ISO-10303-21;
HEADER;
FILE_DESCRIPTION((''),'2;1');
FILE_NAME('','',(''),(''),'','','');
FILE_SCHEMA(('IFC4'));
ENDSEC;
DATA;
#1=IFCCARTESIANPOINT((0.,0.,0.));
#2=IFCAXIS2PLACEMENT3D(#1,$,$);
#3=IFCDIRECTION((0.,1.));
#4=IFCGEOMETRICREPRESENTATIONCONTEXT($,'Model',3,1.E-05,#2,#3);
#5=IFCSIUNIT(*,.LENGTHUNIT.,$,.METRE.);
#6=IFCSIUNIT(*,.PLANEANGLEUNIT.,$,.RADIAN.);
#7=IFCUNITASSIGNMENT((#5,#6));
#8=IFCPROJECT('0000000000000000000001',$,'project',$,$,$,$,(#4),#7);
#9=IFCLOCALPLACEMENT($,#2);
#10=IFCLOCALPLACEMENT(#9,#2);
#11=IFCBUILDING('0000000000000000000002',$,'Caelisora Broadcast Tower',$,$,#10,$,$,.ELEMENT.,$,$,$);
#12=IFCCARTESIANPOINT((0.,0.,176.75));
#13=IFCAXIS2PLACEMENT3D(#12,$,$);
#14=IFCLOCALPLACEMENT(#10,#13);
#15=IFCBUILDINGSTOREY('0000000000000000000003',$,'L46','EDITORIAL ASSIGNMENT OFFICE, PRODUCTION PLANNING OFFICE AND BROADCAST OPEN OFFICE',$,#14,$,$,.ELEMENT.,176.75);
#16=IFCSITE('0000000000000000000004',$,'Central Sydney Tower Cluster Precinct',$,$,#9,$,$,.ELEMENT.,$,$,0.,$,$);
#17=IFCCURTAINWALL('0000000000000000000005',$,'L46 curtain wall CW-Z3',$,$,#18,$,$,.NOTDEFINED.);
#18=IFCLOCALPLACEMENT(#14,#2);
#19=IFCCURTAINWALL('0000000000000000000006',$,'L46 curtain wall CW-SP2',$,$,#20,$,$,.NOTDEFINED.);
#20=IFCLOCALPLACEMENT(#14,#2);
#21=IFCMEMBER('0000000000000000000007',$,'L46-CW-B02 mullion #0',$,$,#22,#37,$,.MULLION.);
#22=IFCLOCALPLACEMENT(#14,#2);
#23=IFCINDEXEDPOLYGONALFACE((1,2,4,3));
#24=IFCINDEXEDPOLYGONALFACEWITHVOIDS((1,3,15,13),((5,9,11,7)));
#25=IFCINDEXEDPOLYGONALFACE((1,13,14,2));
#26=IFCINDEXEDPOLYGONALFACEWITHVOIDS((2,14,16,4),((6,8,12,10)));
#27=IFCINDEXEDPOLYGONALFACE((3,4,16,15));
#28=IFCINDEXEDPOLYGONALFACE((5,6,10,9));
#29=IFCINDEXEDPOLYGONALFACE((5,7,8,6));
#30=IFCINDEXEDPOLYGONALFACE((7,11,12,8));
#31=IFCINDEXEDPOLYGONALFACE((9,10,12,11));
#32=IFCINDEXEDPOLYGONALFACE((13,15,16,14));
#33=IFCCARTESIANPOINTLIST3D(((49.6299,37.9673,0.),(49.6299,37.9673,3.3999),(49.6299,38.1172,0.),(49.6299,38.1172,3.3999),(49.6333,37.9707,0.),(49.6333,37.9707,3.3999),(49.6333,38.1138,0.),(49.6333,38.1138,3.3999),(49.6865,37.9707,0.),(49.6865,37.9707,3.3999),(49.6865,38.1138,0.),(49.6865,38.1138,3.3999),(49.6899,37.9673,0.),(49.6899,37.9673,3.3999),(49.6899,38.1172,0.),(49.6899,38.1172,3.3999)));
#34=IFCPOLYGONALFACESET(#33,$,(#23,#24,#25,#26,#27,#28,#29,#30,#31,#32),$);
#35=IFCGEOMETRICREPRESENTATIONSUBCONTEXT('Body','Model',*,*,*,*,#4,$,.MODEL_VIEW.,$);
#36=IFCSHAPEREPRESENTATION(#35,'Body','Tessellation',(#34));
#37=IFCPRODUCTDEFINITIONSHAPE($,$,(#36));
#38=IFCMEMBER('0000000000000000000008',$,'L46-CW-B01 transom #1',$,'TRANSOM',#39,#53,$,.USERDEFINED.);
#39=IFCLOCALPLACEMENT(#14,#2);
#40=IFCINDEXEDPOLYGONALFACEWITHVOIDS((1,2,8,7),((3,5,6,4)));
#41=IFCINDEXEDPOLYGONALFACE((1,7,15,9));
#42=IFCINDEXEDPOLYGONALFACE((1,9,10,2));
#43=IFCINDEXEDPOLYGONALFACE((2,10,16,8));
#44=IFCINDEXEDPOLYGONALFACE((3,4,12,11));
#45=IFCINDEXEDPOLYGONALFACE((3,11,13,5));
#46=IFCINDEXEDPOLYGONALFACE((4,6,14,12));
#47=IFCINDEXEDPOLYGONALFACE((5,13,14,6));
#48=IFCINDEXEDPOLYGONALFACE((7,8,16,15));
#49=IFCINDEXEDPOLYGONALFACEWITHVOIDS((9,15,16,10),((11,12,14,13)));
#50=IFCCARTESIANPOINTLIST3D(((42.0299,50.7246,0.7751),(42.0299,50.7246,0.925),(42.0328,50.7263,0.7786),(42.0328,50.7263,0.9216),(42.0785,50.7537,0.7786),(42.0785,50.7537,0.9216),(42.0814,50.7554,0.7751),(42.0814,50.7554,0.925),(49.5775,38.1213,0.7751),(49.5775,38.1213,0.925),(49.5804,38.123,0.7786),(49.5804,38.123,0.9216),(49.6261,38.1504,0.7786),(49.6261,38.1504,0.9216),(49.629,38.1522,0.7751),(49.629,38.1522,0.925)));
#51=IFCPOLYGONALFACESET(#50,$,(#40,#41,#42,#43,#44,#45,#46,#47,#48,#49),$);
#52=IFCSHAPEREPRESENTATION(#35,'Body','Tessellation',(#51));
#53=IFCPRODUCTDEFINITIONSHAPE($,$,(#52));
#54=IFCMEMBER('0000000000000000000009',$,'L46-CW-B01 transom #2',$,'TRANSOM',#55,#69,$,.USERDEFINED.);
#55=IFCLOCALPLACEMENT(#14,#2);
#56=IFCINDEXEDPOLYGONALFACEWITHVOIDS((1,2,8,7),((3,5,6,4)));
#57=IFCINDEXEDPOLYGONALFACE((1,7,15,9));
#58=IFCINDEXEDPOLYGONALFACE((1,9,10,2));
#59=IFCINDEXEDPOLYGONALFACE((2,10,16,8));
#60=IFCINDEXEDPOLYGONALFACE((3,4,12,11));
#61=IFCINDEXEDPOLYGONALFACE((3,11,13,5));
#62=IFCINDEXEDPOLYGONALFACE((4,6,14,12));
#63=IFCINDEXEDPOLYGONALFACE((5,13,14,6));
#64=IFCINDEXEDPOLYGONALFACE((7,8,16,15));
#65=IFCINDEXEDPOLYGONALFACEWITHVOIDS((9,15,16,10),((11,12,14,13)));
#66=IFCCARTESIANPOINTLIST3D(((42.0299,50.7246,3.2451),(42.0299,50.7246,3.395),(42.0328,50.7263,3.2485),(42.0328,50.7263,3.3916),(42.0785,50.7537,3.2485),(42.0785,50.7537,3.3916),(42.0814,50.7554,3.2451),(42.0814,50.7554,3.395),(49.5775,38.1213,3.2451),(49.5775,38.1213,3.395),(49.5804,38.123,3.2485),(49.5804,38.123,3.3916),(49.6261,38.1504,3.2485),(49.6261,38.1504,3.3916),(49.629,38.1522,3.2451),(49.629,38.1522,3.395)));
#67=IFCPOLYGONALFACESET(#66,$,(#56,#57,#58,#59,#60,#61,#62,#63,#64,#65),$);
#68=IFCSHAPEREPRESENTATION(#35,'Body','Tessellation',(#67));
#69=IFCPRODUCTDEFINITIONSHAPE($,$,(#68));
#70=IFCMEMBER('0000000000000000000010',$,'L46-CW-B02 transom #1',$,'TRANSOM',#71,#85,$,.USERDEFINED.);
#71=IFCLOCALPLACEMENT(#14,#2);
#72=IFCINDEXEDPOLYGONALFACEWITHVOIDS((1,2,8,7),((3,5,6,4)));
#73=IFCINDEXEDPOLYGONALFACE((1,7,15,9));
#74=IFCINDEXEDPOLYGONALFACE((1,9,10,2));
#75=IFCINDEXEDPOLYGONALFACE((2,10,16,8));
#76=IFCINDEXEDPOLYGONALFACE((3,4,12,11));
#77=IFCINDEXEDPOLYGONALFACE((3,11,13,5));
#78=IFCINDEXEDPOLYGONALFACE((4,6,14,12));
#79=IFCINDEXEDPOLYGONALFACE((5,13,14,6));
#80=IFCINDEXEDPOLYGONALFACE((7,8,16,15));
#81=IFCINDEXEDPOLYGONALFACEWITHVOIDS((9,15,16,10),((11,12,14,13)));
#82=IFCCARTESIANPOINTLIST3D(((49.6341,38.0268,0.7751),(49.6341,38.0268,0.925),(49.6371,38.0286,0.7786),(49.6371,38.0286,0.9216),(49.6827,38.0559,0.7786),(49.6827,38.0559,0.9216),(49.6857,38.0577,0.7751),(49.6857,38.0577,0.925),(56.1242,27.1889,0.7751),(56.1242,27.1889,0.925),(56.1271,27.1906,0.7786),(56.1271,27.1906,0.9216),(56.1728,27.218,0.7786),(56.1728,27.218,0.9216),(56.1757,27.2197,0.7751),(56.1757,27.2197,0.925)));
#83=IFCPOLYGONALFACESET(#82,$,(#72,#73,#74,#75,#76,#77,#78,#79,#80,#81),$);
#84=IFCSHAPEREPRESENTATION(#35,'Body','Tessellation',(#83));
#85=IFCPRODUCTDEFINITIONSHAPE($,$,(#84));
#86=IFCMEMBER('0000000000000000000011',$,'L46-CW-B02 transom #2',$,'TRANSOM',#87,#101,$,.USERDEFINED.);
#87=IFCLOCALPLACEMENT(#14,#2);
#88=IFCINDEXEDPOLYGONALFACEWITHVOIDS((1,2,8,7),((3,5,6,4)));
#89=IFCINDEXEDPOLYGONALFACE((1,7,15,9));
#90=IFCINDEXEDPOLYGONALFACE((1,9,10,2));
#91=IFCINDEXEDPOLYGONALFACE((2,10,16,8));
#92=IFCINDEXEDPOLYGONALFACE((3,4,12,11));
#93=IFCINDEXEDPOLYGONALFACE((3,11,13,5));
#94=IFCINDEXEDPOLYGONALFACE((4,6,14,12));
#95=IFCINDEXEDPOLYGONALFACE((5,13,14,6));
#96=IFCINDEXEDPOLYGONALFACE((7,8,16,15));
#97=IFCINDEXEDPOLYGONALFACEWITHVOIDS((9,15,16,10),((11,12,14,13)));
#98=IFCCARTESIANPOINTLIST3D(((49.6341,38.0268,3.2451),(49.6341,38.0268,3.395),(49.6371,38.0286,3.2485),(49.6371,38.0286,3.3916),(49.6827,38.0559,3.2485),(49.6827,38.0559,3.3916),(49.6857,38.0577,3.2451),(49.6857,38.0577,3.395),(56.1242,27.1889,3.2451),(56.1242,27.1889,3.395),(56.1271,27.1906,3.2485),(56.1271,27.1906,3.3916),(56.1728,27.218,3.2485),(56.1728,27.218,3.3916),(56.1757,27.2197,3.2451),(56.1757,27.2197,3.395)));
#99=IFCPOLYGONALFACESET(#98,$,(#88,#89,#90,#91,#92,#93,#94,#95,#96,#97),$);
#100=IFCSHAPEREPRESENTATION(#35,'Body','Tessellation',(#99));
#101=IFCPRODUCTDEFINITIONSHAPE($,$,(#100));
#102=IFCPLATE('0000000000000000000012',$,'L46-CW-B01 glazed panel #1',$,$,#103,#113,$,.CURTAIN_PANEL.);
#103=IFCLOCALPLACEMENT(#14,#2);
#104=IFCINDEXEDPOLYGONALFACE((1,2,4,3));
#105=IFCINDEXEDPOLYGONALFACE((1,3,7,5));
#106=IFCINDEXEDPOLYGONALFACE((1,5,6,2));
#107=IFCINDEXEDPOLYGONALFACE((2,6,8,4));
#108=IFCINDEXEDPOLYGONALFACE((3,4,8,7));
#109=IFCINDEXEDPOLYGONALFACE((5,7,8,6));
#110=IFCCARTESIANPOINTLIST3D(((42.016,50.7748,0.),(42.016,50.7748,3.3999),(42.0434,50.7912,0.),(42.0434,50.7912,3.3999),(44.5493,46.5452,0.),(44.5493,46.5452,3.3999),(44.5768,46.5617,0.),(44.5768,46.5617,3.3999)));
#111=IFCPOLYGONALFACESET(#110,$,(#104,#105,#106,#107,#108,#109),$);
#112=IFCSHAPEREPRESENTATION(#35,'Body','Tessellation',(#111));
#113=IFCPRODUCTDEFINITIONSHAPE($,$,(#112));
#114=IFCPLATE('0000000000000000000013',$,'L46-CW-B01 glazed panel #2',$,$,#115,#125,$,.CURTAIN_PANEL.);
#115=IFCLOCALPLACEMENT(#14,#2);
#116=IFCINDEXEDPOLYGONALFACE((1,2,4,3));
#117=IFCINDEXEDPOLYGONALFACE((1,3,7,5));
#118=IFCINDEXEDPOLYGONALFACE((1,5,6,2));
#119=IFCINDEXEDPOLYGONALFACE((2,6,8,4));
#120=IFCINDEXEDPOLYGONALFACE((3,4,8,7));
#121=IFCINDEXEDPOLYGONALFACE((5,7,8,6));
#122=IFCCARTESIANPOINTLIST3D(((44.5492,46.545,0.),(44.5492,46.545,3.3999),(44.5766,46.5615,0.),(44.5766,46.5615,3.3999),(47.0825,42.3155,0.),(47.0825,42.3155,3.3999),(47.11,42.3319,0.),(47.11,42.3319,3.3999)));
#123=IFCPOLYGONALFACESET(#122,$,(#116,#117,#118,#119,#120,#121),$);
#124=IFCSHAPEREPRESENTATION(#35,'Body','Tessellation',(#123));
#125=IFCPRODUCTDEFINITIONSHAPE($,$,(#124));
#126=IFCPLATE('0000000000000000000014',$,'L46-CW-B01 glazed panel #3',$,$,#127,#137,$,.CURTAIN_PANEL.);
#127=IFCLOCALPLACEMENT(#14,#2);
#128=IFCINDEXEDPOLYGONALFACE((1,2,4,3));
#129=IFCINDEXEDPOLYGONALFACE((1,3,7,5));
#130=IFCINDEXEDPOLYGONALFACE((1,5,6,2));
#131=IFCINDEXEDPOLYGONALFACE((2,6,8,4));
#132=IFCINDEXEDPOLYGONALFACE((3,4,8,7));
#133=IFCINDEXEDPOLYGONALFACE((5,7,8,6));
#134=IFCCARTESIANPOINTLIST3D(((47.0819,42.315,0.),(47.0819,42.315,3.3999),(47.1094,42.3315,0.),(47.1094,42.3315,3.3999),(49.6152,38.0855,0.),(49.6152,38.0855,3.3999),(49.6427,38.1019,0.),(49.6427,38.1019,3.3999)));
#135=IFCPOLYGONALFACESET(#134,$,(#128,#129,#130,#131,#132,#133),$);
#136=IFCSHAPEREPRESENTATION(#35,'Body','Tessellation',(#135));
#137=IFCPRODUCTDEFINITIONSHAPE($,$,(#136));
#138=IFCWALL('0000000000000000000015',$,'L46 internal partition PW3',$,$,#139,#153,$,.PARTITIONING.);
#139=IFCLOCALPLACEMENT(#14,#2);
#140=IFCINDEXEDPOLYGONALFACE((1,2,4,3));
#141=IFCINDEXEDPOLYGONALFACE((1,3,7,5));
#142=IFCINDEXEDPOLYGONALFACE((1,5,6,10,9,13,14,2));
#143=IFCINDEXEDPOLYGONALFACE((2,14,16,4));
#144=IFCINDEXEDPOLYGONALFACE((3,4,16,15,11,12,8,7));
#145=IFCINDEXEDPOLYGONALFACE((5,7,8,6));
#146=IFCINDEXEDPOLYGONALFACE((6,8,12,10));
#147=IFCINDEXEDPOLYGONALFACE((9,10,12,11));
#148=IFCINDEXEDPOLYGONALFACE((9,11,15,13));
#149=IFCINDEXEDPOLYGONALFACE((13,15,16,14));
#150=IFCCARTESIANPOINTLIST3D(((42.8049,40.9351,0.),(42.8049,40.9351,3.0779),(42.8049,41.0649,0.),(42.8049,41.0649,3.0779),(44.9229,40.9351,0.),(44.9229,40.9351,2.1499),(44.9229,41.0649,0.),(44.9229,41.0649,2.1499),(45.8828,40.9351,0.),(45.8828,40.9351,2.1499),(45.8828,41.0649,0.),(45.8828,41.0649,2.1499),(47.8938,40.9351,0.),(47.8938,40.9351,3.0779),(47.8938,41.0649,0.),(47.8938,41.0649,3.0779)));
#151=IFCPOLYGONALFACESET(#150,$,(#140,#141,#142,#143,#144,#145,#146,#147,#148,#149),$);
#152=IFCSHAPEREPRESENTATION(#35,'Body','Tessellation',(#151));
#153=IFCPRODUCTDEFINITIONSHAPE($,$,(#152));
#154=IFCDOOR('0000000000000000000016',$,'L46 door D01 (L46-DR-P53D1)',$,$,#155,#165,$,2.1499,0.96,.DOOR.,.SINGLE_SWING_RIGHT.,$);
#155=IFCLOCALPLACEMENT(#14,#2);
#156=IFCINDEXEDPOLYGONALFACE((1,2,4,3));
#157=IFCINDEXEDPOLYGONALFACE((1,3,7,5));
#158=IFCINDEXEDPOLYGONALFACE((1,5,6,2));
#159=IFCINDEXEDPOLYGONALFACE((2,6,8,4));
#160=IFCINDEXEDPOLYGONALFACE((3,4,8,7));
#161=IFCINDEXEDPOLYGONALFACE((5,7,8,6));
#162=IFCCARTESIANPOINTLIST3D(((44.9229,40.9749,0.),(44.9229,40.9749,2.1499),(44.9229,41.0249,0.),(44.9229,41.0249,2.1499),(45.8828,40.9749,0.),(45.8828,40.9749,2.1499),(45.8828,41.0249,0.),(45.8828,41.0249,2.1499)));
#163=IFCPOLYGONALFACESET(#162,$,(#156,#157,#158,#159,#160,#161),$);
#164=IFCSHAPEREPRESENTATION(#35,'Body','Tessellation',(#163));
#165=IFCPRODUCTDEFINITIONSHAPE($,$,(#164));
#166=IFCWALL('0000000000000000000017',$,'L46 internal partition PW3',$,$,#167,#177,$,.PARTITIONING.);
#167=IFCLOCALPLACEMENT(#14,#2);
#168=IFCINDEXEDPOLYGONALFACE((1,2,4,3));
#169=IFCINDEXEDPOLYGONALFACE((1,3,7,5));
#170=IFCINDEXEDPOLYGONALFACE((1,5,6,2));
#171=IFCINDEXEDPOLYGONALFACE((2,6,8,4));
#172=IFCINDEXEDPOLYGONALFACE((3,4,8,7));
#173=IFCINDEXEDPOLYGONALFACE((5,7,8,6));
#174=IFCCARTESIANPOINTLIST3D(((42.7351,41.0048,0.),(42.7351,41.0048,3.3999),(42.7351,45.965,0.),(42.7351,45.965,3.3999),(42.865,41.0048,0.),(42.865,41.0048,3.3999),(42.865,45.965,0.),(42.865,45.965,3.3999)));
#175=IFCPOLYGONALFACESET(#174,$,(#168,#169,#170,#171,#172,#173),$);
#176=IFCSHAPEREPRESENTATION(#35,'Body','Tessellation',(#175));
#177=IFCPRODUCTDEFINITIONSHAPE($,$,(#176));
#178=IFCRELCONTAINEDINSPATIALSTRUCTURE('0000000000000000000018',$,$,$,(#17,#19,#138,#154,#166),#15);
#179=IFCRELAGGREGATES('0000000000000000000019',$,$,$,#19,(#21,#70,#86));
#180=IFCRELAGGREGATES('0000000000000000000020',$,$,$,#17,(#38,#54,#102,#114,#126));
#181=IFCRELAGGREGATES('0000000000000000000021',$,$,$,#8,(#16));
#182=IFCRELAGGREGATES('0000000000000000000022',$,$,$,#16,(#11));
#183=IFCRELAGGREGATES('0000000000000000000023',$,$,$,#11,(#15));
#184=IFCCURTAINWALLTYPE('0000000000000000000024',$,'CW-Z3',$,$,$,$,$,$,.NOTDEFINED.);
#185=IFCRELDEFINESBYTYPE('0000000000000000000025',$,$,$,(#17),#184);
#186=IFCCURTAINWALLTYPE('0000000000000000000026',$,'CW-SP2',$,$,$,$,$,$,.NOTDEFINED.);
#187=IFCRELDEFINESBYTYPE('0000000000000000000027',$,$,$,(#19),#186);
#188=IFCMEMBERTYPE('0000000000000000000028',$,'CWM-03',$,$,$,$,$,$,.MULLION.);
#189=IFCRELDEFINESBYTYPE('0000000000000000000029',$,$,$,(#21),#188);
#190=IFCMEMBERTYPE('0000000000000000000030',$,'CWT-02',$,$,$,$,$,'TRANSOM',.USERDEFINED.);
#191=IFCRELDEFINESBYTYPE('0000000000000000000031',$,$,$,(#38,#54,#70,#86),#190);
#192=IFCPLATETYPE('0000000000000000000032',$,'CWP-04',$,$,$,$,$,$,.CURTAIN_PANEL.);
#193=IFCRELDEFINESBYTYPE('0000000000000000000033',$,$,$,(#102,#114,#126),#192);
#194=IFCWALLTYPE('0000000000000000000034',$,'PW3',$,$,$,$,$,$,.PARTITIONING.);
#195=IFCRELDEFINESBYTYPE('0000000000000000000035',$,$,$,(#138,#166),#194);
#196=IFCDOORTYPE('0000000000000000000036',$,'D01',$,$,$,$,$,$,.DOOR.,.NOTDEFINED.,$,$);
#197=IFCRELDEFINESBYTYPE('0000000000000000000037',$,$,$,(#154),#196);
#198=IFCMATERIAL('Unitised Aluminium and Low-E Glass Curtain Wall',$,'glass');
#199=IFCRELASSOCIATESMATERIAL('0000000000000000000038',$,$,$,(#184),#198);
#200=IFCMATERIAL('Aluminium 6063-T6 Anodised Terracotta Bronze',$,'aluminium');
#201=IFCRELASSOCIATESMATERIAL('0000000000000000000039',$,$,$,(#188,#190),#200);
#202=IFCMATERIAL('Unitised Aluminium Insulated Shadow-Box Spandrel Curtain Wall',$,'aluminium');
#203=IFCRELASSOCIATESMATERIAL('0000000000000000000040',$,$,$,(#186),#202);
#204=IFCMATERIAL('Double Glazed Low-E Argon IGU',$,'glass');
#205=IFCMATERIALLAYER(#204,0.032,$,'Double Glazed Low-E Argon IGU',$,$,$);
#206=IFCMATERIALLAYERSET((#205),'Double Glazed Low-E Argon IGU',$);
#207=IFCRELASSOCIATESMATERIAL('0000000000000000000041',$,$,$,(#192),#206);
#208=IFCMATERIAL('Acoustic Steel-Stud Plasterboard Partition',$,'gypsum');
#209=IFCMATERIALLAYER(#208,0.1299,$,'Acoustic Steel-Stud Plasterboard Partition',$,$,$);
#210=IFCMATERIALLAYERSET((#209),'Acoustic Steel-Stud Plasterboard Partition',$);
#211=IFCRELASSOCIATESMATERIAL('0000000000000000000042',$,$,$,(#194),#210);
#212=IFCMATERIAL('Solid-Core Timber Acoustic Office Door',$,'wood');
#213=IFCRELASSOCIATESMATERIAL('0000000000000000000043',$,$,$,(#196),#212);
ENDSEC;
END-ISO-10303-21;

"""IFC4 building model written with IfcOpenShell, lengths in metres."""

from ifc_helpers import new_model, si_unit, direction, frame, frame_2d, origin, origin_2d, place, context, subcontext, project, spatial, rectangle, hollow_rectangle, extrude, source, transform, mapped, material, layer, layer_set, material_profile, profile_set, type_object, type_shapes, element, fill, aggregate, save


model = new_model("IFC4")

# Units and contexts
model_context = context("Model", 3, precision=1e-05, world=origin(), true_north=direction((0.0, 1.0)))
body_context = subcontext(model_context, "Body", "Model", "MODEL_VIEW")
ifc_project = project(units=[si_unit("LENGTHUNIT", "METRE"), si_unit("PLANEANGLEUNIT", "RADIAN")], contexts=[model_context])

# Site, building, storey
site_placement = place(None, origin())
site = spatial("IfcSite", under=ifc_project, at=site_placement, Name="Central Sydney Tower Cluster Precinct", CompositionType="ELEMENT", RefElevation=0.0)
building_placement = place(site_placement, origin())
building = spatial("IfcBuilding", under=site, at=building_placement, Name="Caelisora Broadcast Tower", CompositionType="ELEMENT")
storey_placement = place(building_placement, frame((0.0, 0.0, 176.75)))
storey = spatial("IfcBuildingStorey", under=building, at=storey_placement, Name="L46", Description="EDITORIAL ASSIGNMENT OFFICE, PRODUCTION PLANNING OFFICE AND BROADCAST OPEN OFFICE", CompositionType="ELEMENT", Elevation=176.75)

# Curtain wall
ifc_material_1 = material(Name="Unitised Aluminium and Low-E Glass Curtain Wall", Category="glass")
curtain_wall_type_1 = type_object("IfcCurtainWallType", Name="CW-Z3", PredefinedType="NOTDEFINED", material=ifc_material_1)
curtain_wall_1_placement = place(storey_placement, origin())
curtain_wall_1 = element("IfcCurtainWall", 1, at=curtain_wall_1_placement, inside=storey, type_object=curtain_wall_type_1, Name="L46 curtain wall CW-Z3", PredefinedType="NOTDEFINED")
ifc_material_2 = material(Name="Aluminium 6063-T6 Anodised Terracotta Bronze", Category="aluminium")
ifc_material_profile_1 = material_profile(ifc_material_2, hollow_rectangle(XDim=0.0601, YDim=0.1499, WallThickness=0.0034, at=origin_2d()), Name="Aluminium 6063-T6 Anodised Terracotta Bronze")
ifc_profile_set_1 = profile_set([ifc_material_profile_1], Name="Aluminium 6063-T6 Anodised Terracotta Bronze")
member_type_1 = type_object("IfcMemberType", Name="CWM-03", PredefinedType="MULLION", material=ifc_profile_set_1)
shared_shape_1 = source(origin(), body_context, "Body", "SweptSolid", [
    extrude(hollow_rectangle(XDim=0.0601, YDim=0.1499, WallThickness=0.0034, at=origin_2d()), origin(), (0.0, 0.0, 1.0), 3.3999),
])
type_shapes(member_type_1, [shared_shape_1])

# Curtain wall, member
ifc_material_3 = material(Name="Unitised Aluminium Insulated Shadow-Box Spandrel Curtain Wall", Category="aluminium")
curtain_wall_type_2 = type_object("IfcCurtainWallType", Name="CW-SP2", PredefinedType="NOTDEFINED", material=ifc_material_3)
curtain_wall_2_placement = place(storey_placement, origin())
curtain_wall_2 = element("IfcCurtainWall", 2, at=curtain_wall_2_placement, inside=storey, type_object=curtain_wall_type_2, Name="L46 curtain wall CW-SP2", PredefinedType="NOTDEFINED")
member_1_placement = place(storey_placement, frame((49.6599, 38.0422, 0.0), z_axis=(0.0, 0.0, 1.0), x_axis=(1.0, 0.0, 0.0)))
member_1 = element("IfcMember", 3, at=member_1_placement, type_object=member_type_1, Name="L46-CW-B02 mullion #0", PredefinedType="MULLION", context=body_context, shape_type="MappedRepresentation", body=[
    mapped(shared_shape_1, transform((0.0, 0.0, 0.0), scale=1.0)),
])

# Members
ifc_material_profile_2 = material_profile(ifc_material_2, hollow_rectangle(XDim=0.0601, YDim=0.1499, WallThickness=0.0034, at=origin_2d()), Name="Aluminium 6063-T6 Anodised Terracotta Bronze")
ifc_profile_set_2 = profile_set([ifc_material_profile_2], Name="Aluminium 6063-T6 Anodised Terracotta Bronze")
member_type_2 = type_object("IfcMemberType", Name="CWT-02", ElementType="TRANSOM", PredefinedType="USERDEFINED", material=ifc_profile_set_2)
shared_shape_2 = source(origin(), body_context, "Body", "SweptSolid", [
    extrude(hollow_rectangle(XDim=0.0601, YDim=0.1499, WallThickness=0.0034, at=origin_2d()), origin(), (0.0, 0.0, 1.0), 14.6904),
])
member_2_placement = place(storey_placement, frame((42.0557, 50.74, 0.8501), z_axis=(0.513777, -0.857924, 0.0), x_axis=(0.857924, 0.513777, 0.0)))
member_2 = element("IfcMember", 4, at=member_2_placement, type_object=member_type_2, Name="L46-CW-B01 transom #1", ObjectType="TRANSOM", PredefinedType="USERDEFINED", context=body_context, shape_type="MappedRepresentation", body=[
    mapped(shared_shape_2, transform((0.0, 0.0, 0.0), scale=1.0)),
])
member_3_placement = place(storey_placement, frame((42.0557, 50.74, 3.3201), z_axis=(0.513777, -0.857924, 0.0), x_axis=(0.857924, 0.513777, 0.0)))
member_3 = element("IfcMember", 5, at=member_3_placement, type_object=member_type_2, Name="L46-CW-B01 transom #2", ObjectType="TRANSOM", PredefinedType="USERDEFINED", context=body_context, shape_type="MappedRepresentation", body=[
    mapped(shared_shape_2, transform((0.0, 0.0, 0.0), scale=1.0)),
])
shared_shape_3 = source(origin(), body_context, "Body", "SweptSolid", [
    extrude(hollow_rectangle(XDim=0.0601, YDim=0.1499, WallThickness=0.0034, at=origin_2d()), origin(), (0.0, 0.0, 1.0), 12.6326),
])
type_shapes(member_type_2, [shared_shape_2, shared_shape_3])
member_4_placement = place(storey_placement, frame((49.6599, 38.0422, 0.8501), z_axis=(0.513754, -0.857938, 0.0), x_axis=(0.857938, 0.513754, 0.0)))
member_4 = element("IfcMember", 6, at=member_4_placement, type_object=member_type_2, Name="L46-CW-B02 transom #1", ObjectType="TRANSOM", PredefinedType="USERDEFINED", context=body_context, shape_type="MappedRepresentation", body=[
    mapped(shared_shape_3, transform((0.0, 0.0, 0.0), scale=1.0)),
])
member_5_placement = place(storey_placement, frame((49.6599, 38.0422, 3.3201), z_axis=(0.513754, -0.857938, 0.0), x_axis=(0.857938, 0.513754, 0.0)))
member_5 = element("IfcMember", 7, at=member_5_placement, type_object=member_type_2, Name="L46-CW-B02 transom #2", ObjectType="TRANSOM", PredefinedType="USERDEFINED", context=body_context, shape_type="MappedRepresentation", body=[
    mapped(shared_shape_3, transform((0.0, 0.0, 0.0), scale=1.0)),
])
aggregate(curtain_wall_2, [member_1, member_4, member_5])

# Plates
ifc_material_4 = material(Name="Double Glazed Low-E Argon IGU", Category="glass")
ifc_layer_1 = layer(ifc_material_4, 0.032, Name="Double Glazed Low-E Argon IGU")
ifc_layer_set_1 = layer_set([ifc_layer_1], Name="Double Glazed Low-E Argon IGU")
plate_type = type_object("IfcPlateType", Name="CWP-04", PredefinedType="CURTAIN_PANEL", material=ifc_layer_set_1)
shared_shape_4 = source(origin(), body_context, "Body", "SweptSolid", [
    extrude(rectangle(XDim=4.9302, YDim=0.032, at=origin_2d()), origin(), (0.0, 0.0, 1.0), 3.3999),
])
type_shapes(plate_type, [shared_shape_4])
plate_1_placement = place(storey_placement, frame((43.2964, 48.6682, 0.0), z_axis=(0.0, 0.0, 1.0), x_axis=(0.513841, -0.857886, 0.0)))
plate_1 = element("IfcPlate", 8, at=plate_1_placement, type_object=plate_type, Name="L46-CW-B01 glazed panel #1", PredefinedType="CURTAIN_PANEL", context=body_context, shape_type="MappedRepresentation", body=[
    mapped(shared_shape_4, transform((0.0, 0.0, 0.0), scale=1.0)),
])
plate_2_placement = place(storey_placement, frame((45.8296, 44.4385, 0.0), z_axis=(0.0, 0.0, 1.0), x_axis=(0.513841, -0.857886, 0.0)))
plate_2 = element("IfcPlate", 9, at=plate_2_placement, type_object=plate_type, Name="L46-CW-B01 glazed panel #2", PredefinedType="CURTAIN_PANEL", context=body_context, shape_type="MappedRepresentation", body=[
    mapped(shared_shape_4, transform((0.0, 0.0, 0.0), scale=1.0)),
])
plate_3_placement = place(storey_placement, frame((48.3623, 40.2085, 0.0), z_axis=(0.0, 0.0, 1.0), x_axis=(0.513841, -0.857886, 0.0)))
plate_3 = element("IfcPlate", 10, at=plate_3_placement, type_object=plate_type, Name="L46-CW-B01 glazed panel #3", PredefinedType="CURTAIN_PANEL", context=body_context, shape_type="MappedRepresentation", body=[
    mapped(shared_shape_4, transform((0.0, 0.0, 0.0), scale=1.0)),
])
aggregate(curtain_wall_1, [member_2, member_3, plate_1, plate_2, plate_3])

# Wall, opening, door
ifc_material_5 = material(Name="Acoustic Steel-Stud Plasterboard Partition", Category="gypsum")
ifc_layer_2 = layer(ifc_material_5, 0.1299, Name="Acoustic Steel-Stud Plasterboard Partition")
ifc_layer_set_2 = layer_set([ifc_layer_2], Name="Acoustic Steel-Stud Plasterboard Partition")
wall_type = type_object("IfcWallType", Name="PW3", PredefinedType="PARTITIONING", material=ifc_layer_set_2)
wall_1_placement = place(storey_placement, frame((42.8049, 41.0, 0.0), z_axis=(0.0, 0.0, 1.0), x_axis=(1.0, 0.0, 0.0)))
wall_1 = element("IfcWall", 11, at=wall_1_placement, inside=storey, type_object=wall_type, Name="L46 internal partition PW3", PredefinedType="PARTITIONING", context=body_context, shape_type="SweptSolid", body=[
    extrude(rectangle(XDim=5.0889, YDim=0.1299, at=frame_2d((2.5444, 0.0))), origin(), (0.0, 0.0, 1.0), 3.0779),
])
opening_placement = place(wall_1_placement, frame((2.1179, 0.0, 0.0)))
opening = element("IfcOpeningElement", 12, at=opening_placement, cuts=wall_1, PredefinedType="OPENING", context=body_context, shape_type="SweptSolid", body=[
    extrude(rectangle(XDim=0.96, YDim=2.1499, at=frame_2d((0.48, 1.075))), frame((0.0, 0.0769, 0.0), z_axis=(0.0, -1.0, 0.0), x_axis=(1.0, 0.0, 0.0)), (0.0, 0.0, 1.0), 0.1538),
])
ifc_material_6 = material(Name="Solid-Core Timber Acoustic Office Door", Category="wood")
door_type = type_object("IfcDoorType", Name="D01", OperationType="NOTDEFINED", PredefinedType="DOOR", material=ifc_material_6)
door_placement = place(opening_placement, origin())
door = element("IfcDoor", 13, at=door_placement, inside=storey, type_object=door_type, Name="L46 door D01 (L46-DR-P53D1)", OperationType="SINGLE_SWING_RIGHT", OverallHeight=2.1499, OverallWidth=0.96, PredefinedType="DOOR", context=body_context, shape_type="SweptSolid", body=[
    extrude(rectangle(XDim=0.96, YDim=2.1499, at=frame_2d((0.48, 1.075))), frame((0.0, 0.0249, 0.0), z_axis=(0.0, -1.0, 0.0), x_axis=(1.0, 0.0, 0.0)), (0.0, 0.0, 1.0), 0.05),
])
fill(opening, door)

# Wall
wall_2_placement = place(storey_placement, frame((42.8, 41.0049, 0.0), z_axis=(0.0, 0.0, 1.0), x_axis=(0.0, 1.0, 0.0)))
element("IfcWall", 14, at=wall_2_placement, inside=storey, type_object=wall_type, Name="L46 internal partition PW3", PredefinedType="PARTITIONING", context=body_context, shape_type="SweptSolid", body=[
    extrude(rectangle(XDim=4.9602, YDim=0.1299, at=frame_2d((2.48, 0.0))), origin(), (0.0, 0.0, 1.0), 3.3999),
])

save(model, "model.ifc")
